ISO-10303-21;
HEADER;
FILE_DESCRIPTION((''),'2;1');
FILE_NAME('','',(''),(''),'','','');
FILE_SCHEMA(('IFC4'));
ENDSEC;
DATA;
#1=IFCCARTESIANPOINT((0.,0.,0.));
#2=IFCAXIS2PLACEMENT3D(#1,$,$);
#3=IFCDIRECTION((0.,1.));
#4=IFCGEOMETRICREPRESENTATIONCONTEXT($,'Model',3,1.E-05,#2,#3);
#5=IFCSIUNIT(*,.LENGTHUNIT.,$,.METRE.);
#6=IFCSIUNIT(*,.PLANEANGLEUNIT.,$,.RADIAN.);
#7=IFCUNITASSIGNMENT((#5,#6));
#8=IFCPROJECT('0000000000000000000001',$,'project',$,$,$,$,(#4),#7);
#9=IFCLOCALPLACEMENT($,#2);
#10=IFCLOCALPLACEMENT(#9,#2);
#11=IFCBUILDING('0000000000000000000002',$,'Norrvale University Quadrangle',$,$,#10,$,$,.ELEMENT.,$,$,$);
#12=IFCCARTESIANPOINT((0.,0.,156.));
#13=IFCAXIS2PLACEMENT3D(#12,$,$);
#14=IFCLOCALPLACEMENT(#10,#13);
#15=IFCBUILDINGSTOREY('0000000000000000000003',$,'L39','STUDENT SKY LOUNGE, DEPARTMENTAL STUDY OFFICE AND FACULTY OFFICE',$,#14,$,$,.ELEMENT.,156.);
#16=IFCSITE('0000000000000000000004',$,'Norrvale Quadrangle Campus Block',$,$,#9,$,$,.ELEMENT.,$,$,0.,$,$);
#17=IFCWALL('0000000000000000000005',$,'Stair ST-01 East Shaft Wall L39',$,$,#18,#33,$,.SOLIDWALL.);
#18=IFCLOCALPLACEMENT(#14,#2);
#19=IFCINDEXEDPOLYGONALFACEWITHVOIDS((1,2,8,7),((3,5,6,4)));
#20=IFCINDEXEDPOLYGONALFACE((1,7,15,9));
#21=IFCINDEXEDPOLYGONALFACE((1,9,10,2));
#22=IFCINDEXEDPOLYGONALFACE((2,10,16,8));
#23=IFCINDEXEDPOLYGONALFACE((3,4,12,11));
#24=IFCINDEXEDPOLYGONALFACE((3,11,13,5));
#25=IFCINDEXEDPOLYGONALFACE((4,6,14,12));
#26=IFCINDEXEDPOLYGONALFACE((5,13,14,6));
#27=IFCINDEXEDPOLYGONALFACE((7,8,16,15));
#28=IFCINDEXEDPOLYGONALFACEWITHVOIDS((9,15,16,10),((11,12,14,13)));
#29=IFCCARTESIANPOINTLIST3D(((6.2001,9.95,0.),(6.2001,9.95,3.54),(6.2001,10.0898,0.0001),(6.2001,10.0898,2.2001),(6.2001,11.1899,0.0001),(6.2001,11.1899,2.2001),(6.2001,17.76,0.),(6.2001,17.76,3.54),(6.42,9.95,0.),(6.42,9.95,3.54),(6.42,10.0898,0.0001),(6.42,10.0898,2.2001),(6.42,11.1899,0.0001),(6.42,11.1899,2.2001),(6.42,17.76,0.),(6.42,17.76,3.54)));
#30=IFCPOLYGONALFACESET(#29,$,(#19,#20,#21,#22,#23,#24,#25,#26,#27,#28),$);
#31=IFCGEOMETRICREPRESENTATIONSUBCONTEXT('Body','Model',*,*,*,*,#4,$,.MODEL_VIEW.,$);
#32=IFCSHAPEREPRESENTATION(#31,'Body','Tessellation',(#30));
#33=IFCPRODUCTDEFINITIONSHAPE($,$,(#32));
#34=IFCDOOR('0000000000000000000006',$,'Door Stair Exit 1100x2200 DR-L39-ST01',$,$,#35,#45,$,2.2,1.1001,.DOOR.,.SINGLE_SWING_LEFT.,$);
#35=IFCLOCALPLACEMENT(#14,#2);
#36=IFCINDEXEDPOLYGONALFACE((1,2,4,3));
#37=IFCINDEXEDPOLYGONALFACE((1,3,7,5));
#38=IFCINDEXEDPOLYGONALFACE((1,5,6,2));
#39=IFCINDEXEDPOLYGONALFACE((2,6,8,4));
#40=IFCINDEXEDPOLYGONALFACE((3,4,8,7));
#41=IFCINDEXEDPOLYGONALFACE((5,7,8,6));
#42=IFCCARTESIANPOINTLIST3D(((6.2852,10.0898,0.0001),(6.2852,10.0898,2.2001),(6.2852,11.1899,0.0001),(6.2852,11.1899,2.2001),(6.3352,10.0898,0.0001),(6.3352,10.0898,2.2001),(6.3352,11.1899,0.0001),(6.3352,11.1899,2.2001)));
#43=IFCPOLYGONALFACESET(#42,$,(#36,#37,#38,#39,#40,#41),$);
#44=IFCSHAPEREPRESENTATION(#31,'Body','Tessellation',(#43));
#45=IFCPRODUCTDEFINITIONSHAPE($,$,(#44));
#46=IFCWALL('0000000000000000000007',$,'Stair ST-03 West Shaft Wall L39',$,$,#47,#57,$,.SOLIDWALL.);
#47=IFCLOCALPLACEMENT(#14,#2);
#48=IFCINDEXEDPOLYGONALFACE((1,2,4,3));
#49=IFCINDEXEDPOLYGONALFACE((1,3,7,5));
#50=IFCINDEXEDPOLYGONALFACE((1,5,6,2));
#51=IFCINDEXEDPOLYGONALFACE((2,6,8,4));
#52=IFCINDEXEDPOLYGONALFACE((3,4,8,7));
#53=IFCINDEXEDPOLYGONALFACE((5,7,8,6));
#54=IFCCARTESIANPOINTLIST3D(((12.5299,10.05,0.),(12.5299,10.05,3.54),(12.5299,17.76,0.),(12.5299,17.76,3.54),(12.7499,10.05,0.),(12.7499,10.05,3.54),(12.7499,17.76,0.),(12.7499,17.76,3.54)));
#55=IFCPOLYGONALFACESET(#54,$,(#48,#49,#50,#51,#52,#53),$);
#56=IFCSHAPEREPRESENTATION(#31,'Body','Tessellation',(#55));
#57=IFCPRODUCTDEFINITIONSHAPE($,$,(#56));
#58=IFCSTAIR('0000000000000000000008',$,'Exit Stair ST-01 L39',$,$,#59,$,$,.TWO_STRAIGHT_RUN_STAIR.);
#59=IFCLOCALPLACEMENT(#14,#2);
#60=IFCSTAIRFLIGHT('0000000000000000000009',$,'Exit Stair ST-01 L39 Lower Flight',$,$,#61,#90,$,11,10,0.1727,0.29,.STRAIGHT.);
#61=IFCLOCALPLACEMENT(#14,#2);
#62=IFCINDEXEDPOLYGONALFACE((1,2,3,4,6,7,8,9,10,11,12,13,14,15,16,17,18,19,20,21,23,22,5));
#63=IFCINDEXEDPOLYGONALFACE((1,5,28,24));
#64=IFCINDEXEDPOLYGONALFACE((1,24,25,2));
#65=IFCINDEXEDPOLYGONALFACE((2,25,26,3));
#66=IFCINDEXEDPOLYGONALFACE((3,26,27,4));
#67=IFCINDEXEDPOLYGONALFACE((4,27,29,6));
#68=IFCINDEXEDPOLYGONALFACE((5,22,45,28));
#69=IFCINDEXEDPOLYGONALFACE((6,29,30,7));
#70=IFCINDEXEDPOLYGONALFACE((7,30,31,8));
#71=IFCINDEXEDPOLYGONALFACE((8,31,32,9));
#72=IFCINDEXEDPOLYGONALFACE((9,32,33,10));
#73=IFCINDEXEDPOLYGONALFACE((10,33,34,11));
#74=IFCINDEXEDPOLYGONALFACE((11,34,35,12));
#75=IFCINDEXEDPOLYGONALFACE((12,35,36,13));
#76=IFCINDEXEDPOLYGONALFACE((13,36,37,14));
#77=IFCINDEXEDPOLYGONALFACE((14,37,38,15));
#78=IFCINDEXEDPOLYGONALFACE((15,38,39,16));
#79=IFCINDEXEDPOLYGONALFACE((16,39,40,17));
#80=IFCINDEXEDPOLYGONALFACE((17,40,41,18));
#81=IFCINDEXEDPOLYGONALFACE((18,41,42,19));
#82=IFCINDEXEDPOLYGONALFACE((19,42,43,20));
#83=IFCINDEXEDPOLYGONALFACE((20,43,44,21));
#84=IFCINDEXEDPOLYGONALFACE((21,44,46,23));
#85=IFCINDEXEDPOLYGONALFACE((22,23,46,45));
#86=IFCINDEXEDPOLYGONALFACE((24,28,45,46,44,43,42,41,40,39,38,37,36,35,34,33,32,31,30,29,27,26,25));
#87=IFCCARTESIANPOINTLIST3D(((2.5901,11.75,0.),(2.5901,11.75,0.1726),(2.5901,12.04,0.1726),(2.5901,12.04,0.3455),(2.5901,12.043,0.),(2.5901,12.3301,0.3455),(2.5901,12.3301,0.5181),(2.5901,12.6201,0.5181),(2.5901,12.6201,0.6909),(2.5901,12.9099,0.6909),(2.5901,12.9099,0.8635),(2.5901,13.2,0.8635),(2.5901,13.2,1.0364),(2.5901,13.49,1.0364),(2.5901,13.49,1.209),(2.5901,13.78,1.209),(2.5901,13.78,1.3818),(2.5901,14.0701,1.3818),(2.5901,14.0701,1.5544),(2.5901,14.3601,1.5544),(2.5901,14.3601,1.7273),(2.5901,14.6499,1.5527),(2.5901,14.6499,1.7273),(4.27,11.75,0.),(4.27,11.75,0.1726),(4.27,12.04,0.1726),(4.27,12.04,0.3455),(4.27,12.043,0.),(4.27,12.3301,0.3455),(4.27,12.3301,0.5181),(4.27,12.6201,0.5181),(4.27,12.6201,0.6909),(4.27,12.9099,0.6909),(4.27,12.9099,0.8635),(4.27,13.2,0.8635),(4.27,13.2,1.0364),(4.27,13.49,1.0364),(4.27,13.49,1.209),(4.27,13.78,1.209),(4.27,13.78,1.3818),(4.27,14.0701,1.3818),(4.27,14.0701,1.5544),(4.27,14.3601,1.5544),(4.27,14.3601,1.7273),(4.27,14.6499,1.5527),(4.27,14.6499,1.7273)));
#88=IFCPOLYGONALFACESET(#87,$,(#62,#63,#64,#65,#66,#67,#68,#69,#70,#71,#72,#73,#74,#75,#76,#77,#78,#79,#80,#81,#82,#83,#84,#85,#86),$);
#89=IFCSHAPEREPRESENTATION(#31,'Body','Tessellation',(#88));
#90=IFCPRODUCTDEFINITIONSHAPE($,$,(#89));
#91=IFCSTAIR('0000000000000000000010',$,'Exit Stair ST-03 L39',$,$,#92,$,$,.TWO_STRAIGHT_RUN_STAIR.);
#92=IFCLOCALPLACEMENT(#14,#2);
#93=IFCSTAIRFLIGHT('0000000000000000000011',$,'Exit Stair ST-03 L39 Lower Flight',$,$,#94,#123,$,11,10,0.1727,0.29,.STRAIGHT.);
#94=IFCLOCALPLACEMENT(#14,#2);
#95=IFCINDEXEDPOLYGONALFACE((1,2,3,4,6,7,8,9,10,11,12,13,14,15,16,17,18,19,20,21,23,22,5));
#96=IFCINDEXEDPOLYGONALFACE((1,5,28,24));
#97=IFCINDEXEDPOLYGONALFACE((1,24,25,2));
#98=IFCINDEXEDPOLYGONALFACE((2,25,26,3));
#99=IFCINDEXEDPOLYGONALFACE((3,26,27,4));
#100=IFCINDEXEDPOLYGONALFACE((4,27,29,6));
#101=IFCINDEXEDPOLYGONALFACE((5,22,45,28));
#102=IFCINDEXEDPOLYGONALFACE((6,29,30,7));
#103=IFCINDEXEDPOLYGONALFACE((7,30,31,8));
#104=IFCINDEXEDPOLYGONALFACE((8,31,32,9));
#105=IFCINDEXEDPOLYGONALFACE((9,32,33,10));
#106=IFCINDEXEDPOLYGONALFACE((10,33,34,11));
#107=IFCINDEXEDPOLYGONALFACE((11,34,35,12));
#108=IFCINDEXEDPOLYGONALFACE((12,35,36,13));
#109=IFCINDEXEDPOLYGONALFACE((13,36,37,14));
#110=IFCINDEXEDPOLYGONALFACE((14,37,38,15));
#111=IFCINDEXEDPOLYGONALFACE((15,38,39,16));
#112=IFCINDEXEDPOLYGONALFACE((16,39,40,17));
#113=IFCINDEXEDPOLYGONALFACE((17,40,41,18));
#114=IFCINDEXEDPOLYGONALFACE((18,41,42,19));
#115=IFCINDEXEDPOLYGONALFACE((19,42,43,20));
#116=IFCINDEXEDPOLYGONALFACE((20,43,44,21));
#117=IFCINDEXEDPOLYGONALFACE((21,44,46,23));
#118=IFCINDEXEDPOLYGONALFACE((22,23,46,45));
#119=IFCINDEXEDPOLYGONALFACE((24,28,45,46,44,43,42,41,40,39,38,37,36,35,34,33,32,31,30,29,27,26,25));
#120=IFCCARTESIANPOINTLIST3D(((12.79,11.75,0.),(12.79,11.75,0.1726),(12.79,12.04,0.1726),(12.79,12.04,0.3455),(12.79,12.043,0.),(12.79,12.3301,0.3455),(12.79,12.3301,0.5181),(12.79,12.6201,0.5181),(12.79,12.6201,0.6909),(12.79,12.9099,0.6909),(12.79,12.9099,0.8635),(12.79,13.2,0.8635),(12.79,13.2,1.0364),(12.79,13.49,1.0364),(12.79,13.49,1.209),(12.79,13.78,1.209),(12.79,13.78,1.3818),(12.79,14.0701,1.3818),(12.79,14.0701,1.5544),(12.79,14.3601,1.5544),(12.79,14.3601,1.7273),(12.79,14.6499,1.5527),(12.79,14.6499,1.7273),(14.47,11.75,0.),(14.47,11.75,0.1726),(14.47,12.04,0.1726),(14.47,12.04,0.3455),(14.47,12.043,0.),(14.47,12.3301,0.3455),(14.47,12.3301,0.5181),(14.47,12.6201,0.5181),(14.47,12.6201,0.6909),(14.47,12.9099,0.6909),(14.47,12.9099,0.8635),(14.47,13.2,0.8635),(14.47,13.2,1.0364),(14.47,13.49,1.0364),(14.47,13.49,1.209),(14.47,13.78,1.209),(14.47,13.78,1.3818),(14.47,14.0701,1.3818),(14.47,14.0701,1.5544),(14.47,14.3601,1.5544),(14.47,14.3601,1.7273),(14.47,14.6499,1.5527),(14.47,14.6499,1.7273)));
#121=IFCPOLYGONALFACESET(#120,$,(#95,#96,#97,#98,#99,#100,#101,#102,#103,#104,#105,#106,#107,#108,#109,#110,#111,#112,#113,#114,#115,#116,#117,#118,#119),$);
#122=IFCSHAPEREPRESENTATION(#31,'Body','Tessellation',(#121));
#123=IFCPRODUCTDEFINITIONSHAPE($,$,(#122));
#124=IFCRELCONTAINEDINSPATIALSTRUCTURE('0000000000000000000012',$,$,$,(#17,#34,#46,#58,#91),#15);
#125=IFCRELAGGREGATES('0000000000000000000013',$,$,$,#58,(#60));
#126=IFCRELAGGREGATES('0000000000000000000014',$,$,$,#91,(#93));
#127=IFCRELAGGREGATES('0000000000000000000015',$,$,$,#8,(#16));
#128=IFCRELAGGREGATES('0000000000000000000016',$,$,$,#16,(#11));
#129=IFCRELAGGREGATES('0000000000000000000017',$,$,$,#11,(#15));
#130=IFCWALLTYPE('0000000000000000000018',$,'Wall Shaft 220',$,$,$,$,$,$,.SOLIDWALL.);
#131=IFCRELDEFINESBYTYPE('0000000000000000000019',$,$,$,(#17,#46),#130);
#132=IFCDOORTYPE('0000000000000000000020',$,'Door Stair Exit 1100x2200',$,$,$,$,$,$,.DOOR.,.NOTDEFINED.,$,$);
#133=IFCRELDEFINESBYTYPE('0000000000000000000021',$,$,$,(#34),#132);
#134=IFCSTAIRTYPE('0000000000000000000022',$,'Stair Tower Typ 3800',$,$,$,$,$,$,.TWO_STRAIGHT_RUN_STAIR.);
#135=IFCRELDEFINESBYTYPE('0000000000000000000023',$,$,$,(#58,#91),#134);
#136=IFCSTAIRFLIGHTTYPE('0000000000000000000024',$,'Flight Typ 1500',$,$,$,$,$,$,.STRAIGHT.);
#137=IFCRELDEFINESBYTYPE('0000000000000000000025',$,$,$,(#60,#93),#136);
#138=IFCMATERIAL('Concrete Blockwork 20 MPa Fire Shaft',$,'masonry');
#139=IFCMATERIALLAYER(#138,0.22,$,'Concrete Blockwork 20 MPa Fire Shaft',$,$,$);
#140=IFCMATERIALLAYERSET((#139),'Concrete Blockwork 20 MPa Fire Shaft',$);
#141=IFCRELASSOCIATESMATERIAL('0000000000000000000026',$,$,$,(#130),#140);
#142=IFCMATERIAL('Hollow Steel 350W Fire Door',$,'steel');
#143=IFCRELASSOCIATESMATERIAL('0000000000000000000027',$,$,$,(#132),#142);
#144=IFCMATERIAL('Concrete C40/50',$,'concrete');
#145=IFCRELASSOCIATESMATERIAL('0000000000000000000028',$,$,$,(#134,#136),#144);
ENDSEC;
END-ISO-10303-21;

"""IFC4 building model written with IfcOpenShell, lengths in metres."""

from ifc_helpers import new_model, si_unit, direction, frame, frame_2d, origin, place, context, subcontext, project, spatial, polyline, rectangle, outline, extrude, material, layer, layer_set, type_object, element, fill, aggregate, save


model = new_model("IFC4")

# Units and contexts
model_context = context("Model", 3, precision=1e-05, world=origin(), true_north=direction((0.0, 1.0)))
body_context = subcontext(model_context, "Body", "Model", "MODEL_VIEW")
ifc_project = project(units=[si_unit("LENGTHUNIT", "METRE"), si_unit("PLANEANGLEUNIT", "RADIAN")], contexts=[model_context])

# Site, building, storey
site_placement = place(None, origin())
site = spatial("IfcSite", under=ifc_project, at=site_placement, Name="Norrvale Quadrangle Campus Block", CompositionType="ELEMENT", RefElevation=0.0)
building_placement = place(site_placement, origin())
building = spatial("IfcBuilding", under=site, at=building_placement, Name="Norrvale University Quadrangle", CompositionType="ELEMENT")
storey_placement = place(building_placement, frame((0.0, 0.0, 156.0)))
storey = spatial("IfcBuildingStorey", under=building, at=storey_placement, Name="L39", Description="STUDENT SKY LOUNGE, DEPARTMENTAL STUDY OFFICE AND FACULTY OFFICE", CompositionType="ELEMENT", Elevation=156.0)

# Wall, opening, door
ifc_material_1 = material(Name="Concrete Blockwork 20 MPa Fire Shaft", Category="masonry")
ifc_layer_1 = layer(ifc_material_1, 0.22, Name="Concrete Blockwork 20 MPa Fire Shaft")
ifc_layer_set_1 = layer_set([ifc_layer_1], Name="Concrete Blockwork 20 MPa Fire Shaft")
wall_type_1 = type_object("IfcWallType", Name="Wall Shaft 220", PredefinedType="SOLIDWALL", material=ifc_layer_set_1)
wall_1_placement = place(storey_placement, frame((6.3101, 9.95, 0.0), z_axis=(0.0, 0.0, 1.0), x_axis=(0.0, 1.0, 0.0)))
wall_1 = element("IfcWall", 1, at=wall_1_placement, inside=storey, type_object=wall_type_1, Name="Stair ST-01 East Shaft Wall L39", PredefinedType="SOLIDWALL", context=body_context, shape_type="SweptSolid", body=[
    extrude(rectangle(XDim=7.8101, YDim=0.22, at=frame_2d((3.905, 0.0))), origin(), (0.0, 0.0, 1.0), 3.54),
])
opening_1_placement = place(wall_1_placement, frame((0.1399, 0.0, 0.0)))
opening_1 = element("IfcOpeningElement", 2, at=opening_1_placement, cuts=wall_1, PredefinedType="OPENING", context=body_context, shape_type="SweptSolid", body=[
    extrude(rectangle(XDim=1.1001, YDim=2.2, at=frame_2d((0.55, 1.1001))), frame((0.0, 0.1221, 0.0), z_axis=(0.0, -1.0, 0.0), x_axis=(1.0, 0.0, 0.0)), (0.0, 0.0, 1.0), 0.2439),
])
ifc_material_2 = material(Name="Hollow Steel 350W Fire Door", Category="steel")
door_type = type_object("IfcDoorType", Name="Door Stair Exit 1100x2200", OperationType="NOTDEFINED", PredefinedType="DOOR", material=ifc_material_2)
door_placement = place(opening_1_placement, origin())
door = element("IfcDoor", 3, at=door_placement, inside=storey, type_object=door_type, Name="Door Stair Exit 1100x2200 DR-L39-ST01", OperationType="SINGLE_SWING_LEFT", OverallHeight=2.2, OverallWidth=1.1001, PredefinedType="DOOR", context=body_context, shape_type="SweptSolid", body=[
    extrude(rectangle(XDim=1.1001, YDim=2.2, at=frame_2d((0.55, 1.1001))), frame((0.0, 0.0249, 0.0), z_axis=(0.0, -1.0, 0.0), x_axis=(1.0, 0.0, 0.0)), (0.0, 0.0, 1.0), 0.05),
])
fill(opening_1, door)

# Wall
wall_2_placement = place(storey_placement, frame((12.6399, 10.05, 0.0), z_axis=(0.0, 0.0, 1.0), x_axis=(0.0, 1.0, 0.0)))
element("IfcWall", 4, at=wall_2_placement, inside=storey, type_object=wall_type_1, Name="Stair ST-03 West Shaft Wall L39", PredefinedType="SOLIDWALL", context=body_context, shape_type="SweptSolid", body=[
    extrude(rectangle(XDim=7.71, YDim=0.22, at=frame_2d((3.855, 0.0))), origin(), (0.0, 0.0, 1.0), 3.54),
])

# Stairs, stair flights
ifc_material_3 = material(Name="Concrete C40/50", Category="concrete")
stair_type = type_object("IfcStairType", Name="Stair Tower Typ 3800", PredefinedType="TWO_STRAIGHT_RUN_STAIR", material=ifc_material_3)
stair_1_placement = place(storey_placement, origin())
stair_1 = element("IfcStair", 5, at=stair_1_placement, inside=storey, type_object=stair_type, Name="Exit Stair ST-01 L39", PredefinedType="TWO_STRAIGHT_RUN_STAIR")
stair_flight_type = type_object("IfcStairFlightType", Name="Flight Typ 1500", PredefinedType="STRAIGHT", material=ifc_material_3)
stair_flight_1_placement = place(storey_placement, frame((3.4299, 11.75, 0.0), z_axis=(0.0, 0.0, 1.0), x_axis=(0.0, 1.0, 0.0)))
stair_flight_1 = element("IfcStairFlight", 6, at=stair_flight_1_placement, type_object=stair_flight_type, Name="Exit Stair ST-01 L39 Lower Flight", NumberOfRisers=11, NumberOfTreads=10, PredefinedType="STRAIGHT", RiserHeight=0.1727, TreadLength=0.29, context=body_context, shape_type="SweptSolid", body=[
    extrude(outline(polyline([(0.0, 0.0), (0.0, 0.1726), (0.29, 0.1726), (0.29, 0.3455), (0.5801, 0.3455), (0.5801, 0.5181), (0.8701, 0.5181), (0.8701, 0.6909), (1.1599, 0.6909), (1.1599, 0.8635), (1.45, 0.8635), (1.45, 1.0364), (1.74, 1.0364), (1.74, 1.209), (2.03, 1.209), (2.03, 1.3818), (2.3201, 1.3818), (2.3201, 1.5544), (2.6101, 1.5544), (2.6101, 1.7273), (2.8999, 1.7273), (2.8999, 1.8999), (2.8999, 1.5527), (0.293, 0.0), (0.0, 0.0)])), frame((0.0, 0.8398, 0.0), z_axis=(0.0, -1.0, 0.0), x_axis=(1.0, 0.0, 0.0)), (0.0, 0.0, 1.0), 1.6799),
])
aggregate(stair_1, [stair_flight_1])
stair_2_placement = place(storey_placement, origin())
stair_2 = element("IfcStair", 7, at=stair_2_placement, inside=storey, type_object=stair_type, Name="Exit Stair ST-03 L39", PredefinedType="TWO_STRAIGHT_RUN_STAIR")
stair_flight_2_placement = place(storey_placement, frame((13.6299, 11.75, 0.0), z_axis=(0.0, 0.0, 1.0), x_axis=(0.0, 1.0, 0.0)))
stair_flight_2 = element("IfcStairFlight", 8, at=stair_flight_2_placement, type_object=stair_flight_type, Name="Exit Stair ST-03 L39 Lower Flight", NumberOfRisers=11, NumberOfTreads=10, PredefinedType="STRAIGHT", RiserHeight=0.1727, TreadLength=0.29, context=body_context, shape_type="SweptSolid", body=[
    extrude(outline(polyline([(0.0, 0.0), (0.0, 0.1726), (0.29, 0.1726), (0.29, 0.3455), (0.5801, 0.3455), (0.5801, 0.5181), (0.8701, 0.5181), (0.8701, 0.6909), (1.1599, 0.6909), (1.1599, 0.8635), (1.45, 0.8635), (1.45, 1.0364), (1.74, 1.0364), (1.74, 1.209), (2.03, 1.209), (2.03, 1.3818), (2.3201, 1.3818), (2.3201, 1.5544), (2.6101, 1.5544), (2.6101, 1.7273), (2.8999, 1.7273), (2.8999, 1.8999), (2.8999, 1.5527), (0.293, 0.0), (0.0, 0.0)])), frame((0.0, 0.8398, 0.0), z_axis=(0.0, -1.0, 0.0), x_axis=(1.0, 0.0, 0.0)), (0.0, 0.0, 1.0), 1.6799),
])
aggregate(stair_2, [stair_flight_2])

save(model, "model.ifc")
